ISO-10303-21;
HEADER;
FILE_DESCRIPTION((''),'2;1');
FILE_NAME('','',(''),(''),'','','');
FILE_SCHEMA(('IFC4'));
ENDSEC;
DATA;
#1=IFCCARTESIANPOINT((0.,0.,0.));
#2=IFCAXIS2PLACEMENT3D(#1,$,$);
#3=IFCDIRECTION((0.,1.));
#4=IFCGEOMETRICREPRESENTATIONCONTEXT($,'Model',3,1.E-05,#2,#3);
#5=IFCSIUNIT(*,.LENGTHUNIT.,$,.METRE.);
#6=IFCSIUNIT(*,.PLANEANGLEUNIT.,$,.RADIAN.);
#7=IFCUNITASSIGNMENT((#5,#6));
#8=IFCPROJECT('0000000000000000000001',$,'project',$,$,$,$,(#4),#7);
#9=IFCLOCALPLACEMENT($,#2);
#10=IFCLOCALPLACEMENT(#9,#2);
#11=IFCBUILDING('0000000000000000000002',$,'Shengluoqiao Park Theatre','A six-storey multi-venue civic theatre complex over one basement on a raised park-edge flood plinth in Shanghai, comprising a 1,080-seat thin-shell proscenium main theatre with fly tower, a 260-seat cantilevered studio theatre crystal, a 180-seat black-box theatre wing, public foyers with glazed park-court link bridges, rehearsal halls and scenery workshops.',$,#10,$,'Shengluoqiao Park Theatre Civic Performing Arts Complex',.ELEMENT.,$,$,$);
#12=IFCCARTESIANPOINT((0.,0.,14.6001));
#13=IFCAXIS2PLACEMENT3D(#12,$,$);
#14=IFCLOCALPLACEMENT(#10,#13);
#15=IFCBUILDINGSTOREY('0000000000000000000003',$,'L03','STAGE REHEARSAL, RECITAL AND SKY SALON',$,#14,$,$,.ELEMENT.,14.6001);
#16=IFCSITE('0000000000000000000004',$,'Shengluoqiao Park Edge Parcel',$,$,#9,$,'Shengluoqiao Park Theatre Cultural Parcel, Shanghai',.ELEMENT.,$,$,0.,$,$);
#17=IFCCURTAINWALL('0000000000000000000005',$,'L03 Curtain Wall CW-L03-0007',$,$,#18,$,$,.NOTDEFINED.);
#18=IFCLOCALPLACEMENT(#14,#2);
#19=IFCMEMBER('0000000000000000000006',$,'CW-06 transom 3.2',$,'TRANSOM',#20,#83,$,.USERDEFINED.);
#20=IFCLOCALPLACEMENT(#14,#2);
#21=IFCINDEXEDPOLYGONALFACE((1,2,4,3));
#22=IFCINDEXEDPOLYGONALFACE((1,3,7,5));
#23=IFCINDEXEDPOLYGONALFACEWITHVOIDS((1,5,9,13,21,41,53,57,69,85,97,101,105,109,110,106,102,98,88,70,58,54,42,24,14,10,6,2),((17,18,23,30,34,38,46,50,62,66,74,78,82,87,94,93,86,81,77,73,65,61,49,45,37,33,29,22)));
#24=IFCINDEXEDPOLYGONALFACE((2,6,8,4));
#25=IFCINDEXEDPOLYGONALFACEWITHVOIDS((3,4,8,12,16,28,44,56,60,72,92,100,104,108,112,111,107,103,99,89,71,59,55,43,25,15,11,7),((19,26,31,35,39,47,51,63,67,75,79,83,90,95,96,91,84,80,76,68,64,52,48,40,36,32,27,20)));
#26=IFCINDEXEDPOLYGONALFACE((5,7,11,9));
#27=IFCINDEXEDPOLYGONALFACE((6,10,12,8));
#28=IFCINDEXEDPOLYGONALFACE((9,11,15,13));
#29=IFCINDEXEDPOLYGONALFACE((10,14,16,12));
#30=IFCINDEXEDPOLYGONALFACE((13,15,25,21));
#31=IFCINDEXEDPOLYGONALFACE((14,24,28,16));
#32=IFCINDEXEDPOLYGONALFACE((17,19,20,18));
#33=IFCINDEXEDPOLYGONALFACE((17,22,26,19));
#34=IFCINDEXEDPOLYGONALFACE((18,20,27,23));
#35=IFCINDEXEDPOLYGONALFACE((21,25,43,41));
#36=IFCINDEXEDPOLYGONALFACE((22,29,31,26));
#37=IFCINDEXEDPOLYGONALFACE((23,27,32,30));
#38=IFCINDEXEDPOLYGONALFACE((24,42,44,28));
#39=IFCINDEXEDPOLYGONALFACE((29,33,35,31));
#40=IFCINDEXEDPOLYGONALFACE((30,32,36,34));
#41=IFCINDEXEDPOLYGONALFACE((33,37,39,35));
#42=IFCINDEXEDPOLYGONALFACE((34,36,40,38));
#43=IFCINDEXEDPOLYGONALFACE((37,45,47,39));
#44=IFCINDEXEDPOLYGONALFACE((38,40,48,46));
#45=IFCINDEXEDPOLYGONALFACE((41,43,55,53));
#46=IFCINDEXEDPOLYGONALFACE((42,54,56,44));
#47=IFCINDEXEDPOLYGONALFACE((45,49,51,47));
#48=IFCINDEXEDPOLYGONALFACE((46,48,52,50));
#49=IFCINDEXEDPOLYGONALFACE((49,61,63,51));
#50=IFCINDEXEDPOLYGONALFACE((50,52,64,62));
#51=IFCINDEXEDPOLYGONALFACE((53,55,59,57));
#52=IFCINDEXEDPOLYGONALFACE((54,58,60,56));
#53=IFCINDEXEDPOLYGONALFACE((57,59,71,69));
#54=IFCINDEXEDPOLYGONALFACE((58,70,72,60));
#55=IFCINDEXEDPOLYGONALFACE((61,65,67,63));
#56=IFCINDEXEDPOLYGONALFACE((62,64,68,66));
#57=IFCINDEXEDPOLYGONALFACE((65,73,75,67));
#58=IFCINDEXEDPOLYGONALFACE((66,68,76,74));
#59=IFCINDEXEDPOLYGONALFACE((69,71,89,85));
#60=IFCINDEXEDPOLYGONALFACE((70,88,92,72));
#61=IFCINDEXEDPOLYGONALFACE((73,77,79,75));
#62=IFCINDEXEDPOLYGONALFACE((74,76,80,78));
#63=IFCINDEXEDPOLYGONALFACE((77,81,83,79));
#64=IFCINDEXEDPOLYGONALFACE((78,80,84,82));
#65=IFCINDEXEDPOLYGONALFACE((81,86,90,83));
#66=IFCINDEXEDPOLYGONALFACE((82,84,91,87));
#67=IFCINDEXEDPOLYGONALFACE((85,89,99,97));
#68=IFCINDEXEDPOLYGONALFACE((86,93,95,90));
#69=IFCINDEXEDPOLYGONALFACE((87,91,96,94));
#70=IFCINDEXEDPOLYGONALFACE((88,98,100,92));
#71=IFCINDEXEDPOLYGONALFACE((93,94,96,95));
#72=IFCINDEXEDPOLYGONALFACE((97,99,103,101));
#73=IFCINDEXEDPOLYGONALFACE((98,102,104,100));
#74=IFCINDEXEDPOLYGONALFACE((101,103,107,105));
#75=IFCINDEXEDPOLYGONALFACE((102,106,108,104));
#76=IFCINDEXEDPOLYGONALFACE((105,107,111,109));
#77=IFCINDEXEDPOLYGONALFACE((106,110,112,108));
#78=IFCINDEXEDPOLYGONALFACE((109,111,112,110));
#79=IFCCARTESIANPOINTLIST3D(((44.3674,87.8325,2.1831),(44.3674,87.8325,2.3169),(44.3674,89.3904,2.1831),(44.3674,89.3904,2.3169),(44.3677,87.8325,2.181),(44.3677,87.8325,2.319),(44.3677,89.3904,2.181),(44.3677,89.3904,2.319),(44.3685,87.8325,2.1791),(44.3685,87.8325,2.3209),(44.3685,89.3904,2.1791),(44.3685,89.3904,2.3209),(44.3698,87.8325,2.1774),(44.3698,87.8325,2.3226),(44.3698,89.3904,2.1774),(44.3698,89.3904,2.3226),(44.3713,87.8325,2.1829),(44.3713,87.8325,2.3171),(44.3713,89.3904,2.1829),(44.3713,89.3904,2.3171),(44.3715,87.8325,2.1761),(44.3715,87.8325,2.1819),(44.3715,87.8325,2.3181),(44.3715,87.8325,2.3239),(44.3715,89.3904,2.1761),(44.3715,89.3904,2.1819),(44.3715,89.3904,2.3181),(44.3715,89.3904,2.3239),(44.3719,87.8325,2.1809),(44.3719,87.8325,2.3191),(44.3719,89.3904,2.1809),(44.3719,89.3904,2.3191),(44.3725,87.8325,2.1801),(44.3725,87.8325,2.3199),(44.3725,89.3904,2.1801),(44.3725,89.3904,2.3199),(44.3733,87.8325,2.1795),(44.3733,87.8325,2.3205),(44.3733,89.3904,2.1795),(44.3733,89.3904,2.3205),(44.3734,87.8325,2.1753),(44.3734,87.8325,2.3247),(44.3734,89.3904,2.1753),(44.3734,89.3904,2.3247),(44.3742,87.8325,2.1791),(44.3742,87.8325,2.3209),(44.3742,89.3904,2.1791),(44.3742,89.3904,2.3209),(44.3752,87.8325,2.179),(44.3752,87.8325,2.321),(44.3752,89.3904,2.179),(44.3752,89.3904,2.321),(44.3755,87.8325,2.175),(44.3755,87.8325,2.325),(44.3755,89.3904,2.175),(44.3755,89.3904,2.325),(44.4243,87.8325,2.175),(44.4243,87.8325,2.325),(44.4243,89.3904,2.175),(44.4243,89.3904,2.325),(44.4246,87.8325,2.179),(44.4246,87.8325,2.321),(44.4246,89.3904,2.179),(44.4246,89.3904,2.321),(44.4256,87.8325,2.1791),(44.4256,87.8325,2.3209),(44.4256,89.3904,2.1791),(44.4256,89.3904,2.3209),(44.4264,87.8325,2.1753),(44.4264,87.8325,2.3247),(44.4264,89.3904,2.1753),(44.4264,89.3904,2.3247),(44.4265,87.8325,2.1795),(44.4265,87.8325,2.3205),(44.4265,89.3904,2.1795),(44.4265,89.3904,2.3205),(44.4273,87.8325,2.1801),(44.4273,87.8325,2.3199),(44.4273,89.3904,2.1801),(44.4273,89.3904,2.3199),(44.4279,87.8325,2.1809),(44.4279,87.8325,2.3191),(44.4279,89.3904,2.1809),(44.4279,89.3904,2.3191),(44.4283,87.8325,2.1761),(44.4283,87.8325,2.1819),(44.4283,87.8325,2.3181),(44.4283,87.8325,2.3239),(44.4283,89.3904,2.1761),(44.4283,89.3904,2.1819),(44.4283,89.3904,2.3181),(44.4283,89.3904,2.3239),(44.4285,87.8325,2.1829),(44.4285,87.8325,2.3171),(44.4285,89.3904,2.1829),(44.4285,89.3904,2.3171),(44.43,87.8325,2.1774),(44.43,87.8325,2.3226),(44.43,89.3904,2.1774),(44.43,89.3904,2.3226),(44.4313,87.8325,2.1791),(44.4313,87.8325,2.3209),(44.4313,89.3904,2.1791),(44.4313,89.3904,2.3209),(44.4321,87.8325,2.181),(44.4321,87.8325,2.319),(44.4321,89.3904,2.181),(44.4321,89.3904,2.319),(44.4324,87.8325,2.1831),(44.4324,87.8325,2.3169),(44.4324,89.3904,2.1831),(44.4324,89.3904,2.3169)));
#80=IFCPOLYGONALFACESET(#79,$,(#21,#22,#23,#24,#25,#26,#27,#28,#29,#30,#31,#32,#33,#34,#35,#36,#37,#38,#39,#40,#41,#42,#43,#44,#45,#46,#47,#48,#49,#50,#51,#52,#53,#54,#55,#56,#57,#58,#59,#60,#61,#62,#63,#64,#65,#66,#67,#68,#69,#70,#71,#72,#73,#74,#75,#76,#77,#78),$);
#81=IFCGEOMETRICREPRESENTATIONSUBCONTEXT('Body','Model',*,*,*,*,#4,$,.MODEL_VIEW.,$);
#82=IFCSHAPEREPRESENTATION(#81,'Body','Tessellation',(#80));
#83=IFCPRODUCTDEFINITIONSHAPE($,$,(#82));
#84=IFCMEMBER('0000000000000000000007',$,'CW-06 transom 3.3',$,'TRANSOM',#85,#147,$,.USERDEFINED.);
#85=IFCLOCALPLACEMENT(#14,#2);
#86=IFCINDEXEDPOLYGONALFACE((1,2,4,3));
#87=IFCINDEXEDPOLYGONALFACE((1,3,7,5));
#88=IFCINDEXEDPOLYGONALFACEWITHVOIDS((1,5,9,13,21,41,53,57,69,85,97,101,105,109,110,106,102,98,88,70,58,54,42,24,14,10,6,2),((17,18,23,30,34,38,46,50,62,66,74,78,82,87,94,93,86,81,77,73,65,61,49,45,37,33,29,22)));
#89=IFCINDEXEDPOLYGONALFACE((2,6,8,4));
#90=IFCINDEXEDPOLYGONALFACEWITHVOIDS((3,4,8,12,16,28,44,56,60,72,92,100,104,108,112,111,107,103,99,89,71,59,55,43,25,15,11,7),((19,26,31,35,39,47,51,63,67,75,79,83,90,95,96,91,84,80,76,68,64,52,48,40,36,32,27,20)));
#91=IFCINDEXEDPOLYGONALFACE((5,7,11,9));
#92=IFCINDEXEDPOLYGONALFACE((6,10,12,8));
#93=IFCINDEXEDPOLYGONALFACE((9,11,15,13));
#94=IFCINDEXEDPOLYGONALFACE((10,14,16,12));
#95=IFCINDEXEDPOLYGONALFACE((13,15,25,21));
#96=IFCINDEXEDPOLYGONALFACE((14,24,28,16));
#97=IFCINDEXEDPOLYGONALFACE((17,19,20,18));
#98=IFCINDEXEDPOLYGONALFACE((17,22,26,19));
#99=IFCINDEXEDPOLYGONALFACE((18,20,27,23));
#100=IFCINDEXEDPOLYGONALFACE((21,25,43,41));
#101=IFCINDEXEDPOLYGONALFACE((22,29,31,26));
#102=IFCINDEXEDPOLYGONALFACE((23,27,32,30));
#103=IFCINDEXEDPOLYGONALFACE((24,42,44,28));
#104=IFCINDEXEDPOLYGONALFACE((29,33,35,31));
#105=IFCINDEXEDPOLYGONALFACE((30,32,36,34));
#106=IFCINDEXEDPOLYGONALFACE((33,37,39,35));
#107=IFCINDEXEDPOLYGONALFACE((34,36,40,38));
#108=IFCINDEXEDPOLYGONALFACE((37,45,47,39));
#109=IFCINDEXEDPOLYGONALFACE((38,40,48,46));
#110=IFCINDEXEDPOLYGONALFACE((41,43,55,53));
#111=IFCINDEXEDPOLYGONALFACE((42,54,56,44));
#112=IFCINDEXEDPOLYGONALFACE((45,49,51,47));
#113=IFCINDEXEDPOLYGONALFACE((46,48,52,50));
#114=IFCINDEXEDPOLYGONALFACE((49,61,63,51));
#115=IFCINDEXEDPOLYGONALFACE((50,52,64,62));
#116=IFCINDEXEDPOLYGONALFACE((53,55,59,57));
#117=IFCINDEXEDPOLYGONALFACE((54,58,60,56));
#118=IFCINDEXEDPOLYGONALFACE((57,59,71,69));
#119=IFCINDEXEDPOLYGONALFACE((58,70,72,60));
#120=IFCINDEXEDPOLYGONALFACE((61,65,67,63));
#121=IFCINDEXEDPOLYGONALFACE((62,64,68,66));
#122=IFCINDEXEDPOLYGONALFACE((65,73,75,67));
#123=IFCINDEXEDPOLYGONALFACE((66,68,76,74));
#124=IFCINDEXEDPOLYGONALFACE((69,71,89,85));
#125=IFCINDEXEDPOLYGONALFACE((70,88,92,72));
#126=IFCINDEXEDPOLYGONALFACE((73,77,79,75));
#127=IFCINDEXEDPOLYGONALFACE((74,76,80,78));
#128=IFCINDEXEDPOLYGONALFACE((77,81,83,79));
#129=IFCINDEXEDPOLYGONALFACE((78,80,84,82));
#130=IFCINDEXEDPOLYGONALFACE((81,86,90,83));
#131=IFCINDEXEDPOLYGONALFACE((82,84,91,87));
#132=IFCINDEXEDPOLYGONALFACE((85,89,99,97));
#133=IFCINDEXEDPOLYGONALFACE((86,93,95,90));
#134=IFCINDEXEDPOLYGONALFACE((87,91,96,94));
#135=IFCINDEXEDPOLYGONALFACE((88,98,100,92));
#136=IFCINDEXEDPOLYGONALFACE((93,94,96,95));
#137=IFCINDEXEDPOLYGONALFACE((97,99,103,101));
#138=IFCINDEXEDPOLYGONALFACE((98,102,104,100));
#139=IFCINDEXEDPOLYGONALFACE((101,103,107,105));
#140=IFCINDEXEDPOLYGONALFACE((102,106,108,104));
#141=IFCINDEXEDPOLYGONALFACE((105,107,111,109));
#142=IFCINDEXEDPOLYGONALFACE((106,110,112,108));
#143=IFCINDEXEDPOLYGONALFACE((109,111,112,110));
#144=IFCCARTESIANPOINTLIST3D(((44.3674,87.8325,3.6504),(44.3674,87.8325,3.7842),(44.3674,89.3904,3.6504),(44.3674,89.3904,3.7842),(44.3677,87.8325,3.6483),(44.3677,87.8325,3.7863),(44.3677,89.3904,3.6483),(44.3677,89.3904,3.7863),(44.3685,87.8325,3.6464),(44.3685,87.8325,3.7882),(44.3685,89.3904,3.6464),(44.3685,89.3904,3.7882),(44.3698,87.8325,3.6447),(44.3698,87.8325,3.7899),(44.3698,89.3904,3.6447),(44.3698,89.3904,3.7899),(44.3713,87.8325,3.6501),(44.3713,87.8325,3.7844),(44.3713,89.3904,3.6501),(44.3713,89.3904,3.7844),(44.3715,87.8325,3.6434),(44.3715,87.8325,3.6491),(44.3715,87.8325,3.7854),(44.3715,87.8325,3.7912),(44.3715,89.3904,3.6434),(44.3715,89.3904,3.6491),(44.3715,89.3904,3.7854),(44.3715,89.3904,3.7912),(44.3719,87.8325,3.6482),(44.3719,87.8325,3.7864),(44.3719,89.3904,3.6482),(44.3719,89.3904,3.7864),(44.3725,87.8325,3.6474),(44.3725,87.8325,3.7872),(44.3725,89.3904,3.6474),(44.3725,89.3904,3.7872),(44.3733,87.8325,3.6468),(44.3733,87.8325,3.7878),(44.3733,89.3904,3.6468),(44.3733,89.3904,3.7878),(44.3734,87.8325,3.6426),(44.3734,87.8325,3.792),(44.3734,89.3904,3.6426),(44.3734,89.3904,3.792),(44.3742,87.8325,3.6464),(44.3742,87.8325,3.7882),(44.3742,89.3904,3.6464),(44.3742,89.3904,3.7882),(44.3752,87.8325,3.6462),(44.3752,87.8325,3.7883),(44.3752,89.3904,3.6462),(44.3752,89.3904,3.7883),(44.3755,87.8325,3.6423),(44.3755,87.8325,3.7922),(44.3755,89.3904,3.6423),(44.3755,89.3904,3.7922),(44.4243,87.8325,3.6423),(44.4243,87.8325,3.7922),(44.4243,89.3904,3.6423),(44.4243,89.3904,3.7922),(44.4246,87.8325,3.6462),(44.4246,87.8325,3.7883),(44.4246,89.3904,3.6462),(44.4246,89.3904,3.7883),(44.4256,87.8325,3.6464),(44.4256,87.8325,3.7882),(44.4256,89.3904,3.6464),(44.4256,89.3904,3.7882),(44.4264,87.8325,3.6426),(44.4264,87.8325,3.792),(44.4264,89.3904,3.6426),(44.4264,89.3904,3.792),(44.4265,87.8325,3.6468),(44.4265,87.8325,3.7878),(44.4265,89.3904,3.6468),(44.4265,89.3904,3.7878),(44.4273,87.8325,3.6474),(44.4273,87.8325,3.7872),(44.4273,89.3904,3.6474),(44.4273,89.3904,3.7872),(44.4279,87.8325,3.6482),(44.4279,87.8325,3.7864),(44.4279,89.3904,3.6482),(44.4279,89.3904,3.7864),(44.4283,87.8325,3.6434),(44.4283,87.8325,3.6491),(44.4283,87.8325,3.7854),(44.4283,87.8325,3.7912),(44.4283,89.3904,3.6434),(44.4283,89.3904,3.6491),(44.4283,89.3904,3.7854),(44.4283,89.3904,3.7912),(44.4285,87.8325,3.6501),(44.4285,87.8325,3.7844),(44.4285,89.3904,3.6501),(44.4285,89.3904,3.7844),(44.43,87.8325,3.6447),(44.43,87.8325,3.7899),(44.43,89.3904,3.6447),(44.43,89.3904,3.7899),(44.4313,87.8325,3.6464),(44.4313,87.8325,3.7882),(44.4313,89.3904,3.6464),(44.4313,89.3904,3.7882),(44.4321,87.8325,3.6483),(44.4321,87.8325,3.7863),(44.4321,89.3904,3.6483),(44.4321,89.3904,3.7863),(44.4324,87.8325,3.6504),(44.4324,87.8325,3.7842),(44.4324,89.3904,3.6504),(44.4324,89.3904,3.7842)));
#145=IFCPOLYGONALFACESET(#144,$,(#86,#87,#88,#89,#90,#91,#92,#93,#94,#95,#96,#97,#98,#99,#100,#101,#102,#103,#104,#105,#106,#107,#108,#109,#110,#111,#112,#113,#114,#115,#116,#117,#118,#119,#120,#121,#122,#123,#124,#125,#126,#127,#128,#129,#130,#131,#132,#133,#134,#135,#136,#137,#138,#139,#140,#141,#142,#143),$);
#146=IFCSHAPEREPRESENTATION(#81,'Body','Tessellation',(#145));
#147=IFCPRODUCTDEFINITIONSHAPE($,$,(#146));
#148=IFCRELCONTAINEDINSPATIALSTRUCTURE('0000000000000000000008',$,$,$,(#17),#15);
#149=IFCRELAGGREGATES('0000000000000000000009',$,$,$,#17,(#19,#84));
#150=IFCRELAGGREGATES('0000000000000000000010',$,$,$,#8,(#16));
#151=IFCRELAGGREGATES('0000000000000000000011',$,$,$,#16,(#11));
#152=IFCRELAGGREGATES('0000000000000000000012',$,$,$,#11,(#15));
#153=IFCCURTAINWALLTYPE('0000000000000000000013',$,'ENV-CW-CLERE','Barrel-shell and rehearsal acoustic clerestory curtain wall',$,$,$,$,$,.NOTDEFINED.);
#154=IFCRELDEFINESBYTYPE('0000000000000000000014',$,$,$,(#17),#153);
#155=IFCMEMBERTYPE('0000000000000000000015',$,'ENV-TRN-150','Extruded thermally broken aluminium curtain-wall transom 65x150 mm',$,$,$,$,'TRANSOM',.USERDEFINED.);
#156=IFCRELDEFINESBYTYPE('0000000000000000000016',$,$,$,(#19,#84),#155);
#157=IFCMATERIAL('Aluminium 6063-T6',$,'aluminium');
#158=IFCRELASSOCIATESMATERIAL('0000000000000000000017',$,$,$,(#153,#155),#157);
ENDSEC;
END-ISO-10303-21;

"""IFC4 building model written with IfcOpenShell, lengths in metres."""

from ifc_helpers import new_model, si_unit, direction, frame, origin, origin_2d, place, context, subcontext, project, spatial, hollow_rectangle, extrude, material, material_profile, profile_set, type_object, element, aggregate, save


model = new_model("IFC4")

# Units and contexts
model_context = context("Model", 3, precision=1e-05, world=origin(), true_north=direction((0.0, 1.0)))
body_context = subcontext(model_context, "Body", "Model", "MODEL_VIEW")
ifc_project = project(units=[si_unit("LENGTHUNIT", "METRE"), si_unit("PLANEANGLEUNIT", "RADIAN")], contexts=[model_context])

# Site, building, storey
site_placement = place(None, origin())
site = spatial("IfcSite", under=ifc_project, at=site_placement, Name="Shengluoqiao Park Edge Parcel", LongName="Shengluoqiao Park Theatre Cultural Parcel, Shanghai", CompositionType="ELEMENT", RefElevation=0.0)
building_placement = place(site_placement, origin())
building = spatial("IfcBuilding", under=site, at=building_placement, Name="Shengluoqiao Park Theatre", Description="A six-storey multi-venue civic theatre complex over one basement on a raised park-edge flood plinth in Shanghai, comprising a 1,080-seat thin-shell proscenium main theatre with fly tower, a 260-seat cantilevered studio theatre crystal, a 180-seat black-box theatre wing, public foyers with glazed park-court link bridges, rehearsal halls and scenery workshops.", LongName="Shengluoqiao Park Theatre Civic Performing Arts Complex", CompositionType="ELEMENT")
storey_placement = place(building_placement, frame((0.0, 0.0, 14.6001)))
storey = spatial("IfcBuildingStorey", under=building, at=storey_placement, Name="L03", Description="STAGE REHEARSAL, RECITAL AND SKY SALON", CompositionType="ELEMENT", Elevation=14.6001)

# Curtain wall
ifc_material_1 = material(Name="Aluminium 6063-T6", Category="aluminium")
curtain_wall_type = type_object("IfcCurtainWallType", Name="ENV-CW-CLERE", Description="Barrel-shell and rehearsal acoustic clerestory curtain wall", PredefinedType="NOTDEFINED", material=ifc_material_1)
curtain_wall_1_placement = place(storey_placement, origin())
curtain_wall_1 = element("IfcCurtainWall", 1, at=curtain_wall_1_placement, inside=storey, type_object=curtain_wall_type, Name="L03 Curtain Wall CW-L03-0007", PredefinedType="NOTDEFINED")

# Members
ifc_material_profile_1 = material_profile(ifc_material_1, hollow_rectangle(XDim=0.0649, YDim=0.1499, WallThickness=0.0039, InnerFilletRadius=0.0039, OuterFilletRadius=0.0081, at=origin_2d()), Name="ALU TRANSOM 150x65x4")
ifc_profile_set_1 = profile_set([ifc_material_profile_1], Name="Aluminium 6063-T6")
member_type_1 = type_object("IfcMemberType", Name="ENV-TRN-150", Description="Extruded thermally broken aluminium curtain-wall transom 65x150 mm", ElementType="TRANSOM", PredefinedType="USERDEFINED", material=ifc_profile_set_1)
member_1_placement = place(storey_placement, frame((44.3999, 87.8325, 2.25), z_axis=(0.0, 1.0, 0.0), x_axis=(-1.0, 0.0, 0.0)))
member_1 = element("IfcMember", 2, at=member_1_placement, type_object=member_type_1, Name="CW-06 transom 3.2", ObjectType="TRANSOM", PredefinedType="USERDEFINED", context=body_context, shape_type="SweptSolid", body=[
    extrude(hollow_rectangle(XDim=0.0649, YDim=0.1499, WallThickness=0.0039, InnerFilletRadius=0.0039, OuterFilletRadius=0.0081, at=origin_2d()), origin(), (0.0, 0.0, 1.0), 1.5579),
])
member_2_placement = place(storey_placement, frame((44.3999, 87.8325, 3.7173), z_axis=(0.0, 1.0, 0.0), x_axis=(-1.0, 0.0, 0.0)))
member_2 = element("IfcMember", 3, at=member_2_placement, type_object=member_type_1, Name="CW-06 transom 3.3", ObjectType="TRANSOM", PredefinedType="USERDEFINED", context=body_context, shape_type="SweptSolid", body=[
    extrude(hollow_rectangle(XDim=0.0649, YDim=0.1499, WallThickness=0.0039, InnerFilletRadius=0.0039, OuterFilletRadius=0.0081, at=origin_2d()), origin(), (0.0, 0.0, 1.0), 1.5579),
])

aggregate(curtain_wall_1, [member_1, member_2])

save(model, "model.ifc")
